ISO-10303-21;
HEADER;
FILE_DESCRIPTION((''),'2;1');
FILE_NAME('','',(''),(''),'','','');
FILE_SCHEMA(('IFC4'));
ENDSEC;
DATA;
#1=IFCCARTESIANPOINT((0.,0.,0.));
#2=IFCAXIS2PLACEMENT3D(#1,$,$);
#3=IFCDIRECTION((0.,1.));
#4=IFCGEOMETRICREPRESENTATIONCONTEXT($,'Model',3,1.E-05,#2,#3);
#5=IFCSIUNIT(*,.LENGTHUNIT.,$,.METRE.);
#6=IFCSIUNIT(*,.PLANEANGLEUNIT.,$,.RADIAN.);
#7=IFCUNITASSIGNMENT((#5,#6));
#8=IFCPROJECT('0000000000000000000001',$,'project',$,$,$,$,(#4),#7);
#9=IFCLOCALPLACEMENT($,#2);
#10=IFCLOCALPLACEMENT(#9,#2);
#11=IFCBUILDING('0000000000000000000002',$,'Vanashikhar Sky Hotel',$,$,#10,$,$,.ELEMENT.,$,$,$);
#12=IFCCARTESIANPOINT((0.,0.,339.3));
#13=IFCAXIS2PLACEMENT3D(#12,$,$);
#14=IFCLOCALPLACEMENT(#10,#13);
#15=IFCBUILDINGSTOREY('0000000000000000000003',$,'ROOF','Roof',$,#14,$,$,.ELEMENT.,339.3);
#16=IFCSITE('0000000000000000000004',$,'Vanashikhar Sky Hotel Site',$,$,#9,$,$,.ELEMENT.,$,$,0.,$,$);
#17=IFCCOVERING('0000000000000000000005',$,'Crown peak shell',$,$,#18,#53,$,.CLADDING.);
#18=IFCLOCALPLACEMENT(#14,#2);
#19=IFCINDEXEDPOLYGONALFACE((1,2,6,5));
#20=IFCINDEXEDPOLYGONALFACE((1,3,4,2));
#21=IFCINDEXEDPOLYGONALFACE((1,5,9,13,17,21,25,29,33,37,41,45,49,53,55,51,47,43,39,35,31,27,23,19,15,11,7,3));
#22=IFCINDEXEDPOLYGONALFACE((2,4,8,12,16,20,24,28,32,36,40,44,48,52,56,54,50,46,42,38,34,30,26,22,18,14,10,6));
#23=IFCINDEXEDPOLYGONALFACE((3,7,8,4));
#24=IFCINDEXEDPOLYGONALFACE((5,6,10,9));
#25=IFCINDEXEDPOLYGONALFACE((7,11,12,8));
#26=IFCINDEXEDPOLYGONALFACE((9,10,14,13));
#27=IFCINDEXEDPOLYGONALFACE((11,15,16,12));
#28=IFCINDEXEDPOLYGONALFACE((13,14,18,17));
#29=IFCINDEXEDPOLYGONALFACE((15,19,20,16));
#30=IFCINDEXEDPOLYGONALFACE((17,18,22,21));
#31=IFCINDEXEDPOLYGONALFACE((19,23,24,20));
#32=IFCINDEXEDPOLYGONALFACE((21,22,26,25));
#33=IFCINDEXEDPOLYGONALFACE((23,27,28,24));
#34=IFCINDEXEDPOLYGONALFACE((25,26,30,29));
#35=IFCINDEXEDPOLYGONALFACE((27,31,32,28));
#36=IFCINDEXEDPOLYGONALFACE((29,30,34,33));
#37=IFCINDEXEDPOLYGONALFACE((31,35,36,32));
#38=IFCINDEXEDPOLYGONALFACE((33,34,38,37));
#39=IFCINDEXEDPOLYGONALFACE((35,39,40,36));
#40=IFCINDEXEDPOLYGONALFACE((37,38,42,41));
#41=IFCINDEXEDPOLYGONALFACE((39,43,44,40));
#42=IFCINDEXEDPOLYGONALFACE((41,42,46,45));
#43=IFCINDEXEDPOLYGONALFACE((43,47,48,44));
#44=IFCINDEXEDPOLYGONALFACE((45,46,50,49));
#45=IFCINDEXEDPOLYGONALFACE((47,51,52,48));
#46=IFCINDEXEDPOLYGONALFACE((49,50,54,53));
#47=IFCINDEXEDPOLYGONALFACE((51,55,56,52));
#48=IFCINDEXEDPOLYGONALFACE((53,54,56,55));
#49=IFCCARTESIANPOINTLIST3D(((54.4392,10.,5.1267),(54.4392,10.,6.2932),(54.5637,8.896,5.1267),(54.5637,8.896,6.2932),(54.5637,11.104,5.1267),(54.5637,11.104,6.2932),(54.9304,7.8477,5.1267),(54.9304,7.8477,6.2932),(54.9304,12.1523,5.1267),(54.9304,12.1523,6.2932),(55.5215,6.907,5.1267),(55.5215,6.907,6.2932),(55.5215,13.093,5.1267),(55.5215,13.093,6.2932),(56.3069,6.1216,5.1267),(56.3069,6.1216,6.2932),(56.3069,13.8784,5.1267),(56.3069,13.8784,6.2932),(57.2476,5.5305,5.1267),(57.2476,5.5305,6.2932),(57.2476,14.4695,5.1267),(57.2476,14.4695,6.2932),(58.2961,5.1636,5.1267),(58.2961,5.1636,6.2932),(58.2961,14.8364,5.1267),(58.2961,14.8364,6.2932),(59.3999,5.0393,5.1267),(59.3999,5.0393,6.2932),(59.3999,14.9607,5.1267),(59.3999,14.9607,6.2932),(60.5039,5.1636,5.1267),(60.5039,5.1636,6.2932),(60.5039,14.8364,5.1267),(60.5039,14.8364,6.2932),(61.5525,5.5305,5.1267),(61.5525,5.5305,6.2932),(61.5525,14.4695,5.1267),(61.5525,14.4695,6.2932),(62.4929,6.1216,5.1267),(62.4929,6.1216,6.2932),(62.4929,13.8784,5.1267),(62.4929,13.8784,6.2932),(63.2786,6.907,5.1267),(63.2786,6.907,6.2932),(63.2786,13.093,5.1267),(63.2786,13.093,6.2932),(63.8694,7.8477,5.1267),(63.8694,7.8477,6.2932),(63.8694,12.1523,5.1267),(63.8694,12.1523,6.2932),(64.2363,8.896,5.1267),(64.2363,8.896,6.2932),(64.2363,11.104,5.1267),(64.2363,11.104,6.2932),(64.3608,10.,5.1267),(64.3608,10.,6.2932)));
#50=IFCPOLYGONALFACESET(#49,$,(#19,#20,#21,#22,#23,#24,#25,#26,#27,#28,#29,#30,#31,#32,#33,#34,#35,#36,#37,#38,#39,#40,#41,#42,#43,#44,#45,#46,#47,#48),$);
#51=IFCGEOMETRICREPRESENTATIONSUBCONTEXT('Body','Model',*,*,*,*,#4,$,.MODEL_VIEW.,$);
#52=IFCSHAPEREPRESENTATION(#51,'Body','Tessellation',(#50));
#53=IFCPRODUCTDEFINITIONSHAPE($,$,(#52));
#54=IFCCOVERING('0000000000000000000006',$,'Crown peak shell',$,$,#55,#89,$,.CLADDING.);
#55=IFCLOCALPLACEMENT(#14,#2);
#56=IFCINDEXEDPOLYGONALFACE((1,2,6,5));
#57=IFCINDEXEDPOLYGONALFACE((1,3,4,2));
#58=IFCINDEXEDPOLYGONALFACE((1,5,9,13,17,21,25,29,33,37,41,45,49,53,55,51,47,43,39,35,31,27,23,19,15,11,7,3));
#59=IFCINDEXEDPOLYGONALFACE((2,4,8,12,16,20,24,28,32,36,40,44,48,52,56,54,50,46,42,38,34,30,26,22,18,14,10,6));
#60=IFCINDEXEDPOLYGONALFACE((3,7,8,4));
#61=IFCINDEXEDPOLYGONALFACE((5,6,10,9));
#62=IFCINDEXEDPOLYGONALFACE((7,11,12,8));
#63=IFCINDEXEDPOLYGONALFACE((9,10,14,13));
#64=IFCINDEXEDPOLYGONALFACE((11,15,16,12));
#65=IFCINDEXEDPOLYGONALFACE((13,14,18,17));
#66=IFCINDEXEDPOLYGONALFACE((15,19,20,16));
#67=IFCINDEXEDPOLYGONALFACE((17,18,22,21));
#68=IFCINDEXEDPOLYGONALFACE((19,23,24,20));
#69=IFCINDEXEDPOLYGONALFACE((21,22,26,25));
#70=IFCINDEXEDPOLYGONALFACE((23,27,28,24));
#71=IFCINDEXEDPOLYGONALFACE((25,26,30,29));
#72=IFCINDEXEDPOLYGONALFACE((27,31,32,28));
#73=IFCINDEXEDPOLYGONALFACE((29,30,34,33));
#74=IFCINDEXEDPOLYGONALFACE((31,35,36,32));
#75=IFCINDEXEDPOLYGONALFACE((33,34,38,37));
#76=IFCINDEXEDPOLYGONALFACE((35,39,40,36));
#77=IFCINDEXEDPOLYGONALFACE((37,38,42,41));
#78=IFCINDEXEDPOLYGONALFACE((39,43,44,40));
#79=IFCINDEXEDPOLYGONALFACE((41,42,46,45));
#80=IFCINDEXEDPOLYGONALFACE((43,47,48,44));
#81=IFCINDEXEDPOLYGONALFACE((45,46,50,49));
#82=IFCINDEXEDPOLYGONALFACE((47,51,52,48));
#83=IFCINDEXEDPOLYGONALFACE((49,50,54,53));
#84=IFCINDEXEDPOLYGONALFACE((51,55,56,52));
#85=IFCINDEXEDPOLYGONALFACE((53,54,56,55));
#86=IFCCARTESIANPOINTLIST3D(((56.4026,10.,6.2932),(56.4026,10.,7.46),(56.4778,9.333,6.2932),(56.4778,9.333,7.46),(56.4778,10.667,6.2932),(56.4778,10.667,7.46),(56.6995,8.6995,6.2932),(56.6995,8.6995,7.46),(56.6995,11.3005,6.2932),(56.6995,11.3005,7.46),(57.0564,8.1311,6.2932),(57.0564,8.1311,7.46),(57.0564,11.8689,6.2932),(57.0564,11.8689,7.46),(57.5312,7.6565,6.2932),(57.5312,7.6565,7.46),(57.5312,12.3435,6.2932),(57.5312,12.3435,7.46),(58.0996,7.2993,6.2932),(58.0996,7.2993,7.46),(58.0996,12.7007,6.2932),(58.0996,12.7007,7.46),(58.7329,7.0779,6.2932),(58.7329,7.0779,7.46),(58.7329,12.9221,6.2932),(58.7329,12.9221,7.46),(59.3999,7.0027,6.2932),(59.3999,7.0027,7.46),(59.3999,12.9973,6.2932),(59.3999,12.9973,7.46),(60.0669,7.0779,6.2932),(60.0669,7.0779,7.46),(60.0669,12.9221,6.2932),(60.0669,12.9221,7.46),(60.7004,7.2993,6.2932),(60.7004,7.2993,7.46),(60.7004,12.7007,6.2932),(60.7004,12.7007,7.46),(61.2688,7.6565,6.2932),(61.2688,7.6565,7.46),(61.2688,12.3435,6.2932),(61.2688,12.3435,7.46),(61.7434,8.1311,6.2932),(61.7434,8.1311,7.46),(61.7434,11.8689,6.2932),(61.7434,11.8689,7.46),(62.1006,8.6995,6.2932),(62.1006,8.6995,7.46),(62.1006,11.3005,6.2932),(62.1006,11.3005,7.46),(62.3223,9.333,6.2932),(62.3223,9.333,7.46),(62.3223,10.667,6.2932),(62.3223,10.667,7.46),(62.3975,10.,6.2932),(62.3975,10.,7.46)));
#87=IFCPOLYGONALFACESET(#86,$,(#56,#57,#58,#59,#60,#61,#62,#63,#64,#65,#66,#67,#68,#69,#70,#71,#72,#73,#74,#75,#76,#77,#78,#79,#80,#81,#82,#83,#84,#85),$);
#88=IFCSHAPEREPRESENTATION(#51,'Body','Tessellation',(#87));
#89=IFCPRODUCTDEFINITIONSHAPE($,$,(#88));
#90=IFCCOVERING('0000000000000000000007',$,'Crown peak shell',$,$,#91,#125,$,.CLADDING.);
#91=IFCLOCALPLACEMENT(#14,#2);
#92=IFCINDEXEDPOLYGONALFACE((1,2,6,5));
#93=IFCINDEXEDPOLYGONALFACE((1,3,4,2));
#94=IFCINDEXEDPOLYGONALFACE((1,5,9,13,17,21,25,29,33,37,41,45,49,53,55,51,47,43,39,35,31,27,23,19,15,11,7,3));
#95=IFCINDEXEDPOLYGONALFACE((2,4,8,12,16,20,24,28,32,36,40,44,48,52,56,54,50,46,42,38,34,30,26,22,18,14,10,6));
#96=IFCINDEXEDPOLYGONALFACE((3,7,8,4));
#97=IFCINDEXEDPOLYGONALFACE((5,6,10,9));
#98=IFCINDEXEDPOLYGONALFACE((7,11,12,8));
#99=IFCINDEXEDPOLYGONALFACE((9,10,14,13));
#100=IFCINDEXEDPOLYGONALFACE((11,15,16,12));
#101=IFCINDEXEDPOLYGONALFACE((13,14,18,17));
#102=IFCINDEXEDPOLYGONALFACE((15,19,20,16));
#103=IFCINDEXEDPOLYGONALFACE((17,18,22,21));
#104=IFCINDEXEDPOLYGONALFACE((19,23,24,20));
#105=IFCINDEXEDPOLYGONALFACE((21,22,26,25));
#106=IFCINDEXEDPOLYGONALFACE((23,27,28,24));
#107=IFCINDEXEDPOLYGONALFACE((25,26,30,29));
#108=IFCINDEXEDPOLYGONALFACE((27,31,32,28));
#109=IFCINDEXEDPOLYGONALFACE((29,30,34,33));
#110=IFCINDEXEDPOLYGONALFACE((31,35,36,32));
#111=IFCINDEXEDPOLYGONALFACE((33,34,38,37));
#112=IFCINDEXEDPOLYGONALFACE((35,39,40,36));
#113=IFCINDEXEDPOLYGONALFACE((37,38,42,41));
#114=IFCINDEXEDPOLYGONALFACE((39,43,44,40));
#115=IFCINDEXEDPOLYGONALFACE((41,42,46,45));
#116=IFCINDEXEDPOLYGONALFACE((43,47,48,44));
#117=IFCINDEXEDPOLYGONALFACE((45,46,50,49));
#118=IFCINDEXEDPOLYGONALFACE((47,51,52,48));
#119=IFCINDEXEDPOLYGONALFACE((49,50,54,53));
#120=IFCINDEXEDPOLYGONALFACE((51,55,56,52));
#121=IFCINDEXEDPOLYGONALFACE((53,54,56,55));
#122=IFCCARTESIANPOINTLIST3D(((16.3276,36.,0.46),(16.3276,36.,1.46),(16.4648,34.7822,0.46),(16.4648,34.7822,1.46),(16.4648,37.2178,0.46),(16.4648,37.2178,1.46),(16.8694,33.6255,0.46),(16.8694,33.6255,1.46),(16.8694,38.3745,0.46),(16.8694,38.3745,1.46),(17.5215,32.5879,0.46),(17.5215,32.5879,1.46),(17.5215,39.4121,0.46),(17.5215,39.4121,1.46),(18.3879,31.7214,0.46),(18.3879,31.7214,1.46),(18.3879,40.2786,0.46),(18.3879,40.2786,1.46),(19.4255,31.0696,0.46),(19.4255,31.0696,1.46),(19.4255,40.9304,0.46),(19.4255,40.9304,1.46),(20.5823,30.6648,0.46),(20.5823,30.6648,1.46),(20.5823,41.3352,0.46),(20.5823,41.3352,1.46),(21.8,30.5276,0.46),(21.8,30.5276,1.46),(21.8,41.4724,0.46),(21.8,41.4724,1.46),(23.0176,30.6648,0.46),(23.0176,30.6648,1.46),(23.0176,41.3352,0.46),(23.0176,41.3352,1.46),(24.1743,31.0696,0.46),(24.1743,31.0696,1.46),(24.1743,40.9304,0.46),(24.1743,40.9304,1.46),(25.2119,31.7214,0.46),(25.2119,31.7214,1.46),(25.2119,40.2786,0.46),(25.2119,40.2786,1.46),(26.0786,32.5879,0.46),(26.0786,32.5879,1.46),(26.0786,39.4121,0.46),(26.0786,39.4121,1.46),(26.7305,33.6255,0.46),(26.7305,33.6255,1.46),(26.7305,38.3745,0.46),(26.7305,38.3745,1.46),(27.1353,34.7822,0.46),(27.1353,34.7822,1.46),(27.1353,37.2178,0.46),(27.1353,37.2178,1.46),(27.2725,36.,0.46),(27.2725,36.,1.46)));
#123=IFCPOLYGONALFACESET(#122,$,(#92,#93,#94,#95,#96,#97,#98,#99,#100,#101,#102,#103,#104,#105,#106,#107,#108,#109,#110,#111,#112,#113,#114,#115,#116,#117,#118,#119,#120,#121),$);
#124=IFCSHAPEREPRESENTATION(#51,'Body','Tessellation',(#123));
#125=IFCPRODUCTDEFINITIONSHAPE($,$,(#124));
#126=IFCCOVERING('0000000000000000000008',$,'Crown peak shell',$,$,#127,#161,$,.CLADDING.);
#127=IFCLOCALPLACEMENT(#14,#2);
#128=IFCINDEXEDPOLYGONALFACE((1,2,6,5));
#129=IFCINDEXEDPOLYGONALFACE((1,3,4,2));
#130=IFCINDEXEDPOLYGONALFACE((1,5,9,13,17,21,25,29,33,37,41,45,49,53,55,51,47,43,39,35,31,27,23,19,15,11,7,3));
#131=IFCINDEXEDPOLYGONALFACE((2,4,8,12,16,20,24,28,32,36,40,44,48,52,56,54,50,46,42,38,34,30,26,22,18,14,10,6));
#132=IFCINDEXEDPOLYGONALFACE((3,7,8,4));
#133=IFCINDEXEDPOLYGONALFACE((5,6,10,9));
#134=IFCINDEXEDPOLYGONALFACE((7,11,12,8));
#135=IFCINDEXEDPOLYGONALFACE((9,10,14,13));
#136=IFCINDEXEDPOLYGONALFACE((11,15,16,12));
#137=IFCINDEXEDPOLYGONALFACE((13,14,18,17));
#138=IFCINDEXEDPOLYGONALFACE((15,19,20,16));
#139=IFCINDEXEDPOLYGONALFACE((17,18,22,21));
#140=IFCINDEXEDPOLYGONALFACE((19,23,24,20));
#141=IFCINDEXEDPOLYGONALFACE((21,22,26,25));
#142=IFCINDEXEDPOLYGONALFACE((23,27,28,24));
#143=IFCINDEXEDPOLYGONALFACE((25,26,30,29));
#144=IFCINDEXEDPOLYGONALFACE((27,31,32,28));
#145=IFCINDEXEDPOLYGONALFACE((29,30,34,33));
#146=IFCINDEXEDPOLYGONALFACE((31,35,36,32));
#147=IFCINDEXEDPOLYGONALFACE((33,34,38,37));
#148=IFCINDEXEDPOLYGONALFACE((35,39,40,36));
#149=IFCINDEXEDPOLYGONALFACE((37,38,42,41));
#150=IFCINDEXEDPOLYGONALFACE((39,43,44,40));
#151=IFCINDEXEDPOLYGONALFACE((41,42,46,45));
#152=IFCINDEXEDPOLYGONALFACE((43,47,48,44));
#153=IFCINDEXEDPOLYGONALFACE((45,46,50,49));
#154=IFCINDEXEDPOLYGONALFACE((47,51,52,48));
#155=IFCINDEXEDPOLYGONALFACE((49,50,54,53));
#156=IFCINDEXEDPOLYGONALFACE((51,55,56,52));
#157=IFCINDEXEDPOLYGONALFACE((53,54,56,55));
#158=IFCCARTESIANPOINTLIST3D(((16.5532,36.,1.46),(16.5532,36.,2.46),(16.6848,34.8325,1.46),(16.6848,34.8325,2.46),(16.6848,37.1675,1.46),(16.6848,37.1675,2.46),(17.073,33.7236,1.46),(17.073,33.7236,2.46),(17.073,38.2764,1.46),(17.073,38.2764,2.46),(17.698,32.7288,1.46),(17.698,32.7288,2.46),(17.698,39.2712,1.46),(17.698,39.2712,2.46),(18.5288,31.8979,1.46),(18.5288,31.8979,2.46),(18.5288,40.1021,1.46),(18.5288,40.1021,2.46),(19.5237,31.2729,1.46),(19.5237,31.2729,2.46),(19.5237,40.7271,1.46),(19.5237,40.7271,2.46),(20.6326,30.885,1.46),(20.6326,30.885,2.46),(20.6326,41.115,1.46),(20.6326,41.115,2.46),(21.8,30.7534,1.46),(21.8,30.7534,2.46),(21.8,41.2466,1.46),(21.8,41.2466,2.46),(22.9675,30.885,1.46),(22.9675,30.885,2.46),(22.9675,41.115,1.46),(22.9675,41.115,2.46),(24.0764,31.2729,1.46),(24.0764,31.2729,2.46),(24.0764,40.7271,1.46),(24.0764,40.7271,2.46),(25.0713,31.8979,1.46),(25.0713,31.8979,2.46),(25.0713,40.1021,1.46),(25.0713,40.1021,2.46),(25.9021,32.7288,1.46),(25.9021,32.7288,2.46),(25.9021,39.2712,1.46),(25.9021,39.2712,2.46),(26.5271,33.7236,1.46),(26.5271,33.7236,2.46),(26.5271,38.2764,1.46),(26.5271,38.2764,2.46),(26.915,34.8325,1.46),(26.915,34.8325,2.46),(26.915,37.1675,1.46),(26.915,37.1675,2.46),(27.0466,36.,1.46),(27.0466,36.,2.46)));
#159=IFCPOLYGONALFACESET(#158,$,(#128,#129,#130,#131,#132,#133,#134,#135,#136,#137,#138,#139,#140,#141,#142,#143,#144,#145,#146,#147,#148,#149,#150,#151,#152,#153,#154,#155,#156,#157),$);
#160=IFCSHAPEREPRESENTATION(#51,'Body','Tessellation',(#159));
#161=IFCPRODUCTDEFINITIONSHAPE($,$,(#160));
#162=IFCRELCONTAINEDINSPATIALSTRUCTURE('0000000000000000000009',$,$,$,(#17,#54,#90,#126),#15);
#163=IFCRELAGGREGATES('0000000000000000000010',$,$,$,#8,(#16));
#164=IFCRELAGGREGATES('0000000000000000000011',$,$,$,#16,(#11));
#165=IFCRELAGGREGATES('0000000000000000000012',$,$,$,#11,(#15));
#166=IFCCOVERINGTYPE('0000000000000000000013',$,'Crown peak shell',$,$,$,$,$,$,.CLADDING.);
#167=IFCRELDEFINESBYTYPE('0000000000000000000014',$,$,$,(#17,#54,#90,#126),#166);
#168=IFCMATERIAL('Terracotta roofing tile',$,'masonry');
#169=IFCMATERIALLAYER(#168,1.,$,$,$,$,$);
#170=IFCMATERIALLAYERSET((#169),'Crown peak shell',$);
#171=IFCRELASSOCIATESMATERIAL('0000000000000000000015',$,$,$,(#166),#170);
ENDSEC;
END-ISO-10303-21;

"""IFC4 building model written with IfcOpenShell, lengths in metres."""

from ifc_helpers import new_model, si_unit, direction, frame, origin, place, context, subcontext, project, spatial, polyline, outline, extrude, source, transform, mapped, material, layer, layer_set, type_object, element, save


model = new_model("IFC4")

# Units and contexts
model_context = context("Model", 3, precision=1e-05, world=origin(), true_north=direction((0.0, 1.0)))
body_context = subcontext(model_context, "Body", "Model", "MODEL_VIEW")
ifc_project = project(units=[si_unit("LENGTHUNIT", "METRE"), si_unit("PLANEANGLEUNIT", "RADIAN")], contexts=[model_context])

# Site, building, storey
site_placement = place(None, origin())
site = spatial("IfcSite", under=ifc_project, at=site_placement, Name="Vanashikhar Sky Hotel Site", CompositionType="ELEMENT", RefElevation=0.0)
building_placement = place(site_placement, origin())
building = spatial("IfcBuilding", under=site, at=building_placement, Name="Vanashikhar Sky Hotel", CompositionType="ELEMENT")
storey_placement = place(building_placement, frame((0.0, 0.0, 339.3)))
storey = spatial("IfcBuildingStorey", under=building, at=storey_placement, Name="ROOF", Description="Roof", CompositionType="ELEMENT", Elevation=339.3)

# Coverings
ifc_material_1 = material(Name="Terracotta roofing tile", Category="masonry")
ifc_layer_1 = layer(ifc_material_1, 1.0)
ifc_layer_set_1 = layer_set([ifc_layer_1], Name="Crown peak shell")
covering_type_1 = type_object("IfcCoveringType", Name="Crown peak shell", PredefinedType="CLADDING", material=ifc_layer_set_1)
shared_shape_1 = source(origin(), body_context, "Body", "SweptSolid", [
    extrude(outline(polyline([(64.3608, 10.0), (64.2363, 11.104), (63.8694, 12.1523), (63.2786, 13.093), (62.4929, 13.8784), (61.5525, 14.4695), (60.5039, 14.8364), (59.3999, 14.9607), (58.2961, 14.8364), (57.2476, 14.4695), (56.3069, 13.8784), (55.5215, 13.093), (54.9304, 12.1523), (54.5637, 11.104), (54.4392, 10.0), (54.5637, 8.896), (54.9304, 7.8477), (55.5215, 6.907), (56.3069, 6.1216), (57.2476, 5.5305), (58.2961, 5.1636), (59.3999, 5.0393), (60.5039, 5.1636), (61.5525, 5.5305), (62.4929, 6.1216), (63.2786, 6.907), (63.8694, 7.8477), (64.2363, 8.896), (64.3608, 10.0)])), origin(), (0.0, 0.0, 1.0), 1.1665),
])
covering_1_placement = place(storey_placement, frame((0.0, 0.0, 5.1267)))
element("IfcCovering", 1, at=covering_1_placement, inside=storey, type_object=covering_type_1, Name="Crown peak shell", PredefinedType="CLADDING", context=body_context, shape_type="MappedRepresentation", body=[
    mapped(shared_shape_1, transform((0.0, 0.0, 0.0), scale=1.0)),
])
shared_shape_2 = source(origin(), body_context, "Body", "SweptSolid", [
    extrude(outline(polyline([(62.3975, 10.0), (62.3223, 10.667), (62.1006, 11.3005), (61.7434, 11.8689), (61.2688, 12.3435), (60.7004, 12.7007), (60.0669, 12.9221), (59.3999, 12.9973), (58.7329, 12.9221), (58.0996, 12.7007), (57.5312, 12.3435), (57.0564, 11.8689), (56.6995, 11.3005), (56.4778, 10.667), (56.4026, 10.0), (56.4778, 9.333), (56.6995, 8.6995), (57.0564, 8.1311), (57.5312, 7.6565), (58.0996, 7.2993), (58.7329, 7.0779), (59.3999, 7.0027), (60.0669, 7.0779), (60.7004, 7.2993), (61.2688, 7.6565), (61.7434, 8.1311), (62.1006, 8.6995), (62.3223, 9.333), (62.3975, 10.0)])), origin(), (0.0, 0.0, 1.0), 1.1667),
])
covering_2_placement = place(storey_placement, frame((0.0, 0.0, 6.2932)))
element("IfcCovering", 2, at=covering_2_placement, inside=storey, type_object=covering_type_1, Name="Crown peak shell", PredefinedType="CLADDING", context=body_context, shape_type="MappedRepresentation", body=[
    mapped(shared_shape_2, transform((0.0, 0.0, 0.0), scale=1.0)),
])
shared_shape_3 = source(origin(), body_context, "Body", "SweptSolid", [
    extrude(outline(polyline([(27.2725, 36.0), (27.1353, 37.2178), (26.7305, 38.3745), (26.0786, 39.4121), (25.2119, 40.2786), (24.1743, 40.9304), (23.0176, 41.3352), (21.8, 41.4724), (20.5823, 41.3352), (19.4255, 40.9304), (18.3879, 40.2786), (17.5215, 39.4121), (16.8694, 38.3745), (16.4648, 37.2178), (16.3276, 36.0), (16.4648, 34.7822), (16.8694, 33.6255), (17.5215, 32.5879), (18.3879, 31.7214), (19.4255, 31.0696), (20.5823, 30.6648), (21.8, 30.5276), (23.0176, 30.6648), (24.1743, 31.0696), (25.2119, 31.7214), (26.0786, 32.5879), (26.7305, 33.6255), (27.1353, 34.7822), (27.2725, 36.0)])), origin(), (0.0, 0.0, 1.0), 1.0),
])
covering_3_placement = place(storey_placement, frame((0.0, 0.0, 0.46)))
element("IfcCovering", 3, at=covering_3_placement, inside=storey, type_object=covering_type_1, Name="Crown peak shell", PredefinedType="CLADDING", context=body_context, shape_type="MappedRepresentation", body=[
    mapped(shared_shape_3, transform((0.0, 0.0, 0.0), scale=1.0)),
])
shared_shape_4 = source(origin(), body_context, "Body", "SweptSolid", [
    extrude(outline(polyline([(27.0466, 36.0), (26.915, 37.1675), (26.5271, 38.2764), (25.9021, 39.2712), (25.0713, 40.1021), (24.0764, 40.7271), (22.9675, 41.115), (21.8, 41.2466), (20.6326, 41.115), (19.5237, 40.7271), (18.5288, 40.1021), (17.698, 39.2712), (17.073, 38.2764), (16.6848, 37.1675), (16.5532, 36.0), (16.6848, 34.8325), (17.073, 33.7236), (17.698, 32.7288), (18.5288, 31.8979), (19.5237, 31.2729), (20.6326, 30.885), (21.8, 30.7534), (22.9675, 30.885), (24.0764, 31.2729), (25.0713, 31.8979), (25.9021, 32.7288), (26.5271, 33.7236), (26.915, 34.8325), (27.0466, 36.0)])), origin(), (0.0, 0.0, 1.0), 1.0),
])
covering_4_placement = place(storey_placement, frame((0.0, 0.0, 1.46)))
element("IfcCovering", 4, at=covering_4_placement, inside=storey, type_object=covering_type_1, Name="Crown peak shell", PredefinedType="CLADDING", context=body_context, shape_type="MappedRepresentation", body=[
    mapped(shared_shape_4, transform((0.0, 0.0, 0.0), scale=1.0)),
])

save(model, "model.ifc")
